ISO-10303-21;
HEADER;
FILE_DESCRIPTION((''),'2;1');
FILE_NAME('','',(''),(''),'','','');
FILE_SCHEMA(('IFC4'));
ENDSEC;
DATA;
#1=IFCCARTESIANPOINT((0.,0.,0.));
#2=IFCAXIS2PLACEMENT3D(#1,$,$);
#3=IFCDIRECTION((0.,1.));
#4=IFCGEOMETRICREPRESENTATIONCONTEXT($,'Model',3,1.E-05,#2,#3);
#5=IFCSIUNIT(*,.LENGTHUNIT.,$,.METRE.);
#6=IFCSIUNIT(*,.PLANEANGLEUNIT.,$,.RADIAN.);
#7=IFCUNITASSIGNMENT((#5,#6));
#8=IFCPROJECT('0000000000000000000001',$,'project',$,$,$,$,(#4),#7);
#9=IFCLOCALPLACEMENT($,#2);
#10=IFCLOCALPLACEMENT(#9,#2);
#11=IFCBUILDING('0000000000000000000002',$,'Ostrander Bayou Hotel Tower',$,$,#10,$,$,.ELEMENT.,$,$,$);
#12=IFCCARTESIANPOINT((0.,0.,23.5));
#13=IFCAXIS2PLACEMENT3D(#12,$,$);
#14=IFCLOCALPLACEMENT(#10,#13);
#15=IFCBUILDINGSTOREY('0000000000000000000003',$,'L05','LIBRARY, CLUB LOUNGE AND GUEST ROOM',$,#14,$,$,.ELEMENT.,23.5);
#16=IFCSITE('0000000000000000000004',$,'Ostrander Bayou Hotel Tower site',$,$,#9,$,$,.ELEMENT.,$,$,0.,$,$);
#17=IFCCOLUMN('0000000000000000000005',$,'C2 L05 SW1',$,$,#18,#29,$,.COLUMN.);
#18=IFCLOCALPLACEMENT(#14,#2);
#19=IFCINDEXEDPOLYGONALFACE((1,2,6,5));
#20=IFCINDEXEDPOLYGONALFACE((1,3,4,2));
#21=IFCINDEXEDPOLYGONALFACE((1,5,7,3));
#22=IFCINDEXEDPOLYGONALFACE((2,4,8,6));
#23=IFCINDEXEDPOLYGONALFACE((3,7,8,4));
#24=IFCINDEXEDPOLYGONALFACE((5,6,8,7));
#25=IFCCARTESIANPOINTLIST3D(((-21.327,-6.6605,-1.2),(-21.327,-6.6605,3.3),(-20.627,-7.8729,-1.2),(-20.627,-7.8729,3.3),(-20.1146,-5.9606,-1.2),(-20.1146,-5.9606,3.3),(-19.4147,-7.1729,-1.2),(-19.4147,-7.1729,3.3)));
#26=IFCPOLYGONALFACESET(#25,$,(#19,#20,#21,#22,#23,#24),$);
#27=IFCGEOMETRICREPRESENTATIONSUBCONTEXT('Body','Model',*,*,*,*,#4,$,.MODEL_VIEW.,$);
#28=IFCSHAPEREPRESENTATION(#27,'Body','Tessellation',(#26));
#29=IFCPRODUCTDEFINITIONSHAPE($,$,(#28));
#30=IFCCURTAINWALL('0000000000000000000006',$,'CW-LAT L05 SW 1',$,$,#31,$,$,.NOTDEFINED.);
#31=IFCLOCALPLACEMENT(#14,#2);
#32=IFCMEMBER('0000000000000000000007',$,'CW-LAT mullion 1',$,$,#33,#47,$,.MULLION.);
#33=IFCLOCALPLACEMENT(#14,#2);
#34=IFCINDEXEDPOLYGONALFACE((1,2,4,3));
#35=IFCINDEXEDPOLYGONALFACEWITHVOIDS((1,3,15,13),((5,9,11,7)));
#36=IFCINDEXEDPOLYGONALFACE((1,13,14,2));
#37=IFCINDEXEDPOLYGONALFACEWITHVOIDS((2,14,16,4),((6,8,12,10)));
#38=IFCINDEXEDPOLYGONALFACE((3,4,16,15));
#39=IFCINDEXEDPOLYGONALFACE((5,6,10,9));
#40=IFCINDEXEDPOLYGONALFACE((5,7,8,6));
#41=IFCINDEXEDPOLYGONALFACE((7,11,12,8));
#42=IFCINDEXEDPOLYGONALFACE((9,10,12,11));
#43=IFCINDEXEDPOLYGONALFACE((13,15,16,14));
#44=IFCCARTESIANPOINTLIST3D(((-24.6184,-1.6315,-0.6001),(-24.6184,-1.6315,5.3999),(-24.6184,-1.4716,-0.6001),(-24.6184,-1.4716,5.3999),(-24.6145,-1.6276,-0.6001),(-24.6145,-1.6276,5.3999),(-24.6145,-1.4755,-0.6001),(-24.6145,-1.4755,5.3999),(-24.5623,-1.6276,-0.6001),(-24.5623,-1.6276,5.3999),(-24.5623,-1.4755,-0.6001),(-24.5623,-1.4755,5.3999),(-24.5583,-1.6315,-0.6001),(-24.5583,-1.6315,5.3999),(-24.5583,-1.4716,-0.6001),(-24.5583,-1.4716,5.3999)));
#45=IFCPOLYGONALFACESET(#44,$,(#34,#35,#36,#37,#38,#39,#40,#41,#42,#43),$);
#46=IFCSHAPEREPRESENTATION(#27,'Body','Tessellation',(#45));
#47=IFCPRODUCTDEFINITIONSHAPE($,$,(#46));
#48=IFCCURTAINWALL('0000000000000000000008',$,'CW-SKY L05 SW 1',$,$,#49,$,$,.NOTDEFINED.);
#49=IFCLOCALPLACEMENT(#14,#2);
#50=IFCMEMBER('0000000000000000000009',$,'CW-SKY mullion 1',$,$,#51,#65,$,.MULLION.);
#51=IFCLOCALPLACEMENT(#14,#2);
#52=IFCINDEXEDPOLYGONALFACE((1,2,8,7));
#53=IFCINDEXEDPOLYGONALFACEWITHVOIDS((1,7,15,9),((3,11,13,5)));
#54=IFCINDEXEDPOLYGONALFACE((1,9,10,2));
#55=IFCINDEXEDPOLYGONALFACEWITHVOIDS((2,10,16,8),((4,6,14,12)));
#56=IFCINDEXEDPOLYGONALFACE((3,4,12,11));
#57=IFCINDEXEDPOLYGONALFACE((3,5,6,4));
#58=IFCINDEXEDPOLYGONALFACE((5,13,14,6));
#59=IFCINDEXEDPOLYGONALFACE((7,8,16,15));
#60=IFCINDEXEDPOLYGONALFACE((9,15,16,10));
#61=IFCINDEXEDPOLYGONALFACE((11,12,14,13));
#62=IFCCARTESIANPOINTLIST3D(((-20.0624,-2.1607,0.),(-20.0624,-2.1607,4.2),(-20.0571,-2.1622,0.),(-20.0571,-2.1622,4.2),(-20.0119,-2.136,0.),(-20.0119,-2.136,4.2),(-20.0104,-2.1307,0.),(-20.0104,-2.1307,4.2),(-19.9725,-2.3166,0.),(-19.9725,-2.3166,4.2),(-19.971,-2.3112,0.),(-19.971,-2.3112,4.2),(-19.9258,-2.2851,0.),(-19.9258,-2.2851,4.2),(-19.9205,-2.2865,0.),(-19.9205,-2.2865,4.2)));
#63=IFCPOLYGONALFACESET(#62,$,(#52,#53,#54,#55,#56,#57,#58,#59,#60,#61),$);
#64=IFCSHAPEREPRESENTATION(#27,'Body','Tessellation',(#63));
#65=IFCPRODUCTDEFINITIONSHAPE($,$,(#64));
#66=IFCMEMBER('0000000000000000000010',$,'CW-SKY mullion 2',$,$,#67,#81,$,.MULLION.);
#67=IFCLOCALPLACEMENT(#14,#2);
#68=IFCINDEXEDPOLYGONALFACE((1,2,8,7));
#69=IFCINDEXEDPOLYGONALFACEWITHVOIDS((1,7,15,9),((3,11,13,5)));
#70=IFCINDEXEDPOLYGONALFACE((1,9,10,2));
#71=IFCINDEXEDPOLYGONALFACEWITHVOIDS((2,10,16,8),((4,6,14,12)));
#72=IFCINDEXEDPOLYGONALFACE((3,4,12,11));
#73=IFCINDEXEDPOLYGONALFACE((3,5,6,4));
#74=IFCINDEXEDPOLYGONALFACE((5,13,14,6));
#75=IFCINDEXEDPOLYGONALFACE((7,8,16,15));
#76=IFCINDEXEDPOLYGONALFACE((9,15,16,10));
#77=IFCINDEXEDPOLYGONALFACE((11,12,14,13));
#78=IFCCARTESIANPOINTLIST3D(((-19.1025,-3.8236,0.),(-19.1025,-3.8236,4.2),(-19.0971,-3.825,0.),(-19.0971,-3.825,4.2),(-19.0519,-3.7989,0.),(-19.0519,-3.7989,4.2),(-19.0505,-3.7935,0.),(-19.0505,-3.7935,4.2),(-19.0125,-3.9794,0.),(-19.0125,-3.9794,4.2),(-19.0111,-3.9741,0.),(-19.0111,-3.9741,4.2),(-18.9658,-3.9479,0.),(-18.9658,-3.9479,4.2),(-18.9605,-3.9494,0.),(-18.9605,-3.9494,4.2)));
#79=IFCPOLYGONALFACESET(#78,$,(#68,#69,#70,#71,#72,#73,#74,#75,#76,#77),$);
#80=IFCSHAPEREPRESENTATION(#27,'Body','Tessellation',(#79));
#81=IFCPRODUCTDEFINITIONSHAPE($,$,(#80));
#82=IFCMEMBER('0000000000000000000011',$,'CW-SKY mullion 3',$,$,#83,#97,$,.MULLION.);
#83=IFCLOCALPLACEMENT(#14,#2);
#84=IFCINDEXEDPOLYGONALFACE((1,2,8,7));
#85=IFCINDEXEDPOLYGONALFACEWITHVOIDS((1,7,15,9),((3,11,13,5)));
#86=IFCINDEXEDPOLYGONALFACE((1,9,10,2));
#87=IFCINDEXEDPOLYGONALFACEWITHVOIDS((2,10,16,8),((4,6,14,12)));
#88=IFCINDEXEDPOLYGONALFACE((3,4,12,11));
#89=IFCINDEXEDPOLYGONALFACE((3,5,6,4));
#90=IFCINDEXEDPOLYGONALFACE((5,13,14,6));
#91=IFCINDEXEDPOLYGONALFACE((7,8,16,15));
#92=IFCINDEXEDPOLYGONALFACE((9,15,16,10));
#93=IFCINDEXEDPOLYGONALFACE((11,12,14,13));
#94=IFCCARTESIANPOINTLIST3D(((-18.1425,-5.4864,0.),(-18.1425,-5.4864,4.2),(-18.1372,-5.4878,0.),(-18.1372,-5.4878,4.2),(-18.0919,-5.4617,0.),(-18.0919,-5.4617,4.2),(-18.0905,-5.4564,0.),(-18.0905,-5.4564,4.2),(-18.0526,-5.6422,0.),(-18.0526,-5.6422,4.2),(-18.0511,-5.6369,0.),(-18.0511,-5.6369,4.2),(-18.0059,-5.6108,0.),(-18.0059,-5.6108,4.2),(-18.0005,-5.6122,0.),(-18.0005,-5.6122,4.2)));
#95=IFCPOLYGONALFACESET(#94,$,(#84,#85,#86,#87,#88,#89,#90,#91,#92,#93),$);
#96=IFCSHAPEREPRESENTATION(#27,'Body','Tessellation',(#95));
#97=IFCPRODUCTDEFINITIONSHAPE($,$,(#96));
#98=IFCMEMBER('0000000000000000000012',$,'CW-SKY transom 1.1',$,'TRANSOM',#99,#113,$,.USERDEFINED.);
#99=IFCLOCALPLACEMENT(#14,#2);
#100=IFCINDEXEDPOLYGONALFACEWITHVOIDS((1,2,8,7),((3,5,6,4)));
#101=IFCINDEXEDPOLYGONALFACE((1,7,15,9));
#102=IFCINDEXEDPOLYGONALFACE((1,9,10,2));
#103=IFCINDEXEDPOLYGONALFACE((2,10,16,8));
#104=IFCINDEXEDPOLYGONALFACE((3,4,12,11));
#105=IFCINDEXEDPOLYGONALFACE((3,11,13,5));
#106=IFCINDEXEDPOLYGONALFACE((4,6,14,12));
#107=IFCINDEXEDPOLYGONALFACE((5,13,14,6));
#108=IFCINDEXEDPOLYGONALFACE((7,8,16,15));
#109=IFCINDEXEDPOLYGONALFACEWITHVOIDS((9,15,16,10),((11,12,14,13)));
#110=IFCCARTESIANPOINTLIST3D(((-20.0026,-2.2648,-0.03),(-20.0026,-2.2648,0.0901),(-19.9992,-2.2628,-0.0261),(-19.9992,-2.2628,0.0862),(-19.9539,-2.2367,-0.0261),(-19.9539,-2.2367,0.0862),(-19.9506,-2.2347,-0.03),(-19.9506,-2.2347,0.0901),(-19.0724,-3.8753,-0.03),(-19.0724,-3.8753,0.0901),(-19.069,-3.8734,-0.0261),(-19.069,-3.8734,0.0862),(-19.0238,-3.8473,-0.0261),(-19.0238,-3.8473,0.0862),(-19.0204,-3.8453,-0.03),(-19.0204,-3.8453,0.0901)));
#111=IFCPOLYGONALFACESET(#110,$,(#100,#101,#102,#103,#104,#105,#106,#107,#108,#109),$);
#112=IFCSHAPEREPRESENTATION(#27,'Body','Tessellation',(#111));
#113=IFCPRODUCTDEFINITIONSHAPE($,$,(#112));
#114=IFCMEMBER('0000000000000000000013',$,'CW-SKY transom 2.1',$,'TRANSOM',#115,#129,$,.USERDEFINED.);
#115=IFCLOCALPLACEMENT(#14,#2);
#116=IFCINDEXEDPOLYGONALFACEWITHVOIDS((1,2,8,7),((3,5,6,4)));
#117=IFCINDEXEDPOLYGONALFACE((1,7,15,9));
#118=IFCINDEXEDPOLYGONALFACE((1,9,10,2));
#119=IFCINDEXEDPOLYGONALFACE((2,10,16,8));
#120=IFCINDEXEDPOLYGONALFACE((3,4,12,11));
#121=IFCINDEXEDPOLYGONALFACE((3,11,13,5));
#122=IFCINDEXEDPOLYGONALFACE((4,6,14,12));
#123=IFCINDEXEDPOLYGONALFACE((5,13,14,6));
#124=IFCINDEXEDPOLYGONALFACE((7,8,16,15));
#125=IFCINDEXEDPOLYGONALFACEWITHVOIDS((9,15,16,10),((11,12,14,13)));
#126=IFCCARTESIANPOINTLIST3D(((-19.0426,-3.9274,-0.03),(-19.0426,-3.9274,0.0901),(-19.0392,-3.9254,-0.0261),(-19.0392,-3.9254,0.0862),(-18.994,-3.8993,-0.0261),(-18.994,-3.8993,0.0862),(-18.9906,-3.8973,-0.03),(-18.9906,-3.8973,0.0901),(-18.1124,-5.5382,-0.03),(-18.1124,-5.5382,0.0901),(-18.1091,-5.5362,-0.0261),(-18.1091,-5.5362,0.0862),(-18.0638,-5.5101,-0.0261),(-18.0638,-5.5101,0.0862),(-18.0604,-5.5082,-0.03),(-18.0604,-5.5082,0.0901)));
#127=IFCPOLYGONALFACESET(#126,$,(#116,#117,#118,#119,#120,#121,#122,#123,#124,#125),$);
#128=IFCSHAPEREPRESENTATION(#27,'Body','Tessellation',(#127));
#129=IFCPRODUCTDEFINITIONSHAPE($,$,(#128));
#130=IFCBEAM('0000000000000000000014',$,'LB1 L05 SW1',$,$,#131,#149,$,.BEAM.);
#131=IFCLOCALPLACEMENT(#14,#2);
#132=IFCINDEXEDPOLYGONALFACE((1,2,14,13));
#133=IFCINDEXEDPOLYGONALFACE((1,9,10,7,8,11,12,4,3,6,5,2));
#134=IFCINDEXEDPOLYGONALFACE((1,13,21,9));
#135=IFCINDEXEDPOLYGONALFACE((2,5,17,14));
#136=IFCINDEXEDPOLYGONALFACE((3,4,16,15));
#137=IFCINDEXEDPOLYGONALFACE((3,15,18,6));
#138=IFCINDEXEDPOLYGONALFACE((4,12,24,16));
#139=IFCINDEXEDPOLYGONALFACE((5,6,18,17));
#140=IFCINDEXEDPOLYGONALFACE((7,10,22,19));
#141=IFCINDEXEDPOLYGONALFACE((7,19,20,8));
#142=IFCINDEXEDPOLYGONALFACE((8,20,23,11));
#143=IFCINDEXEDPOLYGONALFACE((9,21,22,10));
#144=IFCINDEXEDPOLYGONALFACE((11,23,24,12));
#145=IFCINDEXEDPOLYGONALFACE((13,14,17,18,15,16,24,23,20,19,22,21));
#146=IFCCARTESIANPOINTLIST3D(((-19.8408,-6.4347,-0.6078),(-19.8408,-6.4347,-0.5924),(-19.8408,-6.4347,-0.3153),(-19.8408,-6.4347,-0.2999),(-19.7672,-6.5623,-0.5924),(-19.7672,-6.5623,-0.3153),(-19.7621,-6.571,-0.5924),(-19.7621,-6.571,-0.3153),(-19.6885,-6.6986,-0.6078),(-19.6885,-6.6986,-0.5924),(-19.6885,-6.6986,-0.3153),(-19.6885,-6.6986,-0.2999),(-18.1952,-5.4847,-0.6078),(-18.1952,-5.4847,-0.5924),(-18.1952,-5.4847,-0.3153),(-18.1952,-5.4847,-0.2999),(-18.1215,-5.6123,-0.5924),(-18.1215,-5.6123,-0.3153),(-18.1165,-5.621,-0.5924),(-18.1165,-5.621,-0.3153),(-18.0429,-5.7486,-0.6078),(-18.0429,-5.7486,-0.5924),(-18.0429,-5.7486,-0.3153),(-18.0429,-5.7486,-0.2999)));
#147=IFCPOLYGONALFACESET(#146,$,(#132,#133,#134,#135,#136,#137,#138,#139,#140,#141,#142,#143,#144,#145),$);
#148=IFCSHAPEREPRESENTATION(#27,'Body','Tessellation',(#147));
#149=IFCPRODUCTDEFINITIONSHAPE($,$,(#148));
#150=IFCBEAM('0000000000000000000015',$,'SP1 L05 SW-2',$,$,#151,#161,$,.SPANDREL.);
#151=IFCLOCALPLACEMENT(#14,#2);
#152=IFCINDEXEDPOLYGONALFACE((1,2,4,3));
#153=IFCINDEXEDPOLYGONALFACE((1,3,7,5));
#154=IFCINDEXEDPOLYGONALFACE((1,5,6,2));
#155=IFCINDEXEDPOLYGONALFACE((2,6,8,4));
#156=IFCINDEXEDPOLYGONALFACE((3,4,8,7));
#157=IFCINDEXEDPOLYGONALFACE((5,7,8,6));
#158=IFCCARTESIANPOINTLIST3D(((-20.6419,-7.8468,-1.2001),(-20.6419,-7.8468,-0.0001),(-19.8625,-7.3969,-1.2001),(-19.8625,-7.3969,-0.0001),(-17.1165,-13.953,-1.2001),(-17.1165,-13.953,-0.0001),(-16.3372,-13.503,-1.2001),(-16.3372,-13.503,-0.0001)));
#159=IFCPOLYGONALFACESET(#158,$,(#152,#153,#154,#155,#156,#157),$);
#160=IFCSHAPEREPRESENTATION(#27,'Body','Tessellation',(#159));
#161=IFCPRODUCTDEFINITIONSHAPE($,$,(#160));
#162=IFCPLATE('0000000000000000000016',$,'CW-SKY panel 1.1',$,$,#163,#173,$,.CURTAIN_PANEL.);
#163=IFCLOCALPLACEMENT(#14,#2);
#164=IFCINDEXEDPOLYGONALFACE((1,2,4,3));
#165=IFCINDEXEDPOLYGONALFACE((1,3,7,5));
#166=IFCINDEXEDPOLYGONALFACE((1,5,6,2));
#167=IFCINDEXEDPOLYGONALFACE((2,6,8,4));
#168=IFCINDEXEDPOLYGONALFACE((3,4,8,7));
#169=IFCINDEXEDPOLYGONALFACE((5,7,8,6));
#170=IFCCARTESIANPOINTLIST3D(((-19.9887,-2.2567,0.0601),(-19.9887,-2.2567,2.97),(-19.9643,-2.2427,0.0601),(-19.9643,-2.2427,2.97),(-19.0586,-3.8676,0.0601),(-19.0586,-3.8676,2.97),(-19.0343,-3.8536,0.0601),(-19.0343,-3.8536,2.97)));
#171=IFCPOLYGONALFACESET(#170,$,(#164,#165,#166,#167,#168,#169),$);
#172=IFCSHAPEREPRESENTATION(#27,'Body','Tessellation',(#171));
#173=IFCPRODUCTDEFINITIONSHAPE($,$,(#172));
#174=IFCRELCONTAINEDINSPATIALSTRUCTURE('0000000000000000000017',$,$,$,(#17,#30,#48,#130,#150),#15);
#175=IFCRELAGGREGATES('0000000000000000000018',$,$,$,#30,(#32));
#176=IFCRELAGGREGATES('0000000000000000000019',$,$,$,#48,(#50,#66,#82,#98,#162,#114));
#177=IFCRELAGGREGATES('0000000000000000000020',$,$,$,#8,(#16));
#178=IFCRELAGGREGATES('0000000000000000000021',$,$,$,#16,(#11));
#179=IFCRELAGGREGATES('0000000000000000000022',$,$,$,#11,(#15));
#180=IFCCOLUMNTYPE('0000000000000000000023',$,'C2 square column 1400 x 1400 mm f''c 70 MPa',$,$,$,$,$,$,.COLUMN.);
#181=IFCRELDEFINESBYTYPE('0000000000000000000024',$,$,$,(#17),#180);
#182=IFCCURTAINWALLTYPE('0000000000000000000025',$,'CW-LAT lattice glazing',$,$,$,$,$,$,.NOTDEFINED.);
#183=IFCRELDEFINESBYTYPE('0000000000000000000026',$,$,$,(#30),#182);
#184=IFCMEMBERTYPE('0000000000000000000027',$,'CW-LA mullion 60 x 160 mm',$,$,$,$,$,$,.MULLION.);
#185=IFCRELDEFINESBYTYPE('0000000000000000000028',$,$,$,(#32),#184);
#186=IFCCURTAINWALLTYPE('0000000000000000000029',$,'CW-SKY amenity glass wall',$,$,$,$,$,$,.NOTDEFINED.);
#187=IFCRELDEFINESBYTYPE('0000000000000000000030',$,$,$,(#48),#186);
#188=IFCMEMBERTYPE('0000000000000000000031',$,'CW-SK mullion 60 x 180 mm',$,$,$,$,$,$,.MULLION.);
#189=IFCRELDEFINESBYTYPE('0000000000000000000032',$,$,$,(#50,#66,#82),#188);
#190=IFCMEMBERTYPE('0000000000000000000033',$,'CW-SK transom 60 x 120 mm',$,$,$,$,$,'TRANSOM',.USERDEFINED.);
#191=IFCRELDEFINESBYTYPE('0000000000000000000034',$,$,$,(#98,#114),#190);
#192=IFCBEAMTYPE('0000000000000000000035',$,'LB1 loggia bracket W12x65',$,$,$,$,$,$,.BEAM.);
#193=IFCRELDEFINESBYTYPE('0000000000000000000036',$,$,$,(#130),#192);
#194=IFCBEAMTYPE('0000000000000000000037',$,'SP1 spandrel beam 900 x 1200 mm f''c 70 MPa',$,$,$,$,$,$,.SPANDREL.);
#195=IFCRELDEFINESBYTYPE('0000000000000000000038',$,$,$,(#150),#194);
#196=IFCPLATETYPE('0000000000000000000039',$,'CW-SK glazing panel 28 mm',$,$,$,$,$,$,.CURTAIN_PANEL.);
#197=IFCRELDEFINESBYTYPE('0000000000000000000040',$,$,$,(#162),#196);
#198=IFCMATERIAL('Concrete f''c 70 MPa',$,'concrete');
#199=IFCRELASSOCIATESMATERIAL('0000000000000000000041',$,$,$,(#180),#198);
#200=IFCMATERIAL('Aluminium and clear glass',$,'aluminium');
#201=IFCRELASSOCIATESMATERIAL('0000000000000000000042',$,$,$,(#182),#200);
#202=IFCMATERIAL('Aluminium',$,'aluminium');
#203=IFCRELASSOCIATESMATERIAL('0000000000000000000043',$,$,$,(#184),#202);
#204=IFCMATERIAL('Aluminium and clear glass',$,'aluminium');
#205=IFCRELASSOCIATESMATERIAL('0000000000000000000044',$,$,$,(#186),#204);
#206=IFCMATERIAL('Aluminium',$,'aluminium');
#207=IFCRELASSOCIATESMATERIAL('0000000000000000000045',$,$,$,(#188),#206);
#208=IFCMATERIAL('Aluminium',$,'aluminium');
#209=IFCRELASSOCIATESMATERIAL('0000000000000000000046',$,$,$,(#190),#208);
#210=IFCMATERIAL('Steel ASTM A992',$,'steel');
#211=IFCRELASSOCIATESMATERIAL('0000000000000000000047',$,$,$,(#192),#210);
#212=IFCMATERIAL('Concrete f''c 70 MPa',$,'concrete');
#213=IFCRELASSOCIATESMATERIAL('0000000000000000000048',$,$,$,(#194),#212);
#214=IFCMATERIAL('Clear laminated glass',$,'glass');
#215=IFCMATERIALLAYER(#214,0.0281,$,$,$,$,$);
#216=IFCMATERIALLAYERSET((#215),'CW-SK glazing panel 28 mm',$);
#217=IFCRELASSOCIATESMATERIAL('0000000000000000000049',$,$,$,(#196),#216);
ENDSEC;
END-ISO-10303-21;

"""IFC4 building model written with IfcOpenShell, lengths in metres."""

from ifc_helpers import new_model, si_unit, direction, frame, origin, origin_2d, place, context, subcontext, project, spatial, rectangle, hollow_rectangle, i_section, extrude, material, layer, layer_set, material_profile, profile_set, type_object, element, aggregate, save


model = new_model("IFC4")

# Units and contexts
model_context = context("Model", 3, precision=1e-05, world=origin(), true_north=direction((0.0, 1.0)))
body_context = subcontext(model_context, "Body", "Model", "MODEL_VIEW")
ifc_project = project(units=[si_unit("LENGTHUNIT", "METRE"), si_unit("PLANEANGLEUNIT", "RADIAN")], contexts=[model_context])

# Site, building, storey
site_placement = place(None, origin())
site = spatial("IfcSite", under=ifc_project, at=site_placement, Name="Ostrander Bayou Hotel Tower site", CompositionType="ELEMENT", RefElevation=0.0)
building_placement = place(site_placement, origin())
building = spatial("IfcBuilding", under=site, at=building_placement, Name="Ostrander Bayou Hotel Tower", CompositionType="ELEMENT")
storey_placement = place(building_placement, frame((0.0, 0.0, 23.5)))
storey = spatial("IfcBuildingStorey", under=building, at=storey_placement, Name="L05", Description="LIBRARY, CLUB LOUNGE AND GUEST ROOM", CompositionType="ELEMENT", Elevation=23.5)

# Column
ifc_material_1 = material(Name="Concrete f'c 70 MPa", Category="concrete")
ifc_material_profile_1 = material_profile(ifc_material_1, rectangle(XDim=1.3999, YDim=1.3999, at=origin_2d()))
ifc_profile_set_1 = profile_set([ifc_material_profile_1], Name="Concrete f'c 70 MPa")
column_type = type_object("IfcColumnType", Name="C2 square column 1400 x 1400 mm f'c 70 MPa", PredefinedType="COLUMN", material=ifc_profile_set_1)
column_placement = place(storey_placement, frame((-20.3708, -6.9167, -1.2), z_axis=(0.0, 0.0, 1.0), x_axis=(-0.5, 0.866025, 0.0)))
element("IfcColumn", 1, at=column_placement, inside=storey, type_object=column_type, Name="C2 L05 SW1", PredefinedType="COLUMN", context=body_context, shape_type="SweptSolid", body=[
    extrude(rectangle(XDim=1.3999, YDim=1.3999, at=origin_2d()), origin(), (0.0, 0.0, 1.0), 4.5),
])

# Curtain wall, member
ifc_material_2 = material(Name="Aluminium and clear glass", Category="aluminium")
curtain_wall_type_1 = type_object("IfcCurtainWallType", Name="CW-LAT lattice glazing", PredefinedType="NOTDEFINED", material=ifc_material_2)
curtain_wall_1_placement = place(storey_placement, origin())
curtain_wall_1 = element("IfcCurtainWall", 2, at=curtain_wall_1_placement, inside=storey, type_object=curtain_wall_type_1, Name="CW-LAT L05 SW 1", PredefinedType="NOTDEFINED")
ifc_material_3 = material(Name="Aluminium", Category="aluminium")
ifc_material_profile_2 = material_profile(ifc_material_3, hollow_rectangle(XDim=0.0601, YDim=0.1599, WallThickness=0.0039, at=origin_2d()))
ifc_profile_set_2 = profile_set([ifc_material_profile_2], Name="Aluminium")
member_type_1 = type_object("IfcMemberType", Name="CW-LA mullion 60 x 160 mm", PredefinedType="MULLION", material=ifc_profile_set_2)
member_1_placement = place(storey_placement, frame((-24.5884, -1.5515, -0.6001), z_axis=(0.0, 0.0, 1.0), x_axis=(1.0, 0.0, 0.0)))
member_1 = element("IfcMember", 3, at=member_1_placement, type_object=member_type_1, Name="CW-LAT mullion 1", PredefinedType="MULLION", context=body_context, shape_type="SweptSolid", body=[
    extrude(hollow_rectangle(XDim=0.0601, YDim=0.1599, WallThickness=0.0039, at=origin_2d()), origin(), (0.0, 0.0, 1.0), 6.0),
])
aggregate(curtain_wall_1, [member_1])

# Curtain wall, members
ifc_material_4 = material(Name="Aluminium and clear glass", Category="aluminium")
curtain_wall_type_2 = type_object("IfcCurtainWallType", Name="CW-SKY amenity glass wall", PredefinedType="NOTDEFINED", material=ifc_material_4)
curtain_wall_2_placement = place(storey_placement, origin())
curtain_wall_2 = element("IfcCurtainWall", 4, at=curtain_wall_2_placement, inside=storey, type_object=curtain_wall_type_2, Name="CW-SKY L05 SW 1", PredefinedType="NOTDEFINED")
ifc_material_5 = material(Name="Aluminium", Category="aluminium")
ifc_material_profile_3 = material_profile(ifc_material_5, hollow_rectangle(XDim=0.0601, YDim=0.1799, WallThickness=0.0039, at=origin_2d()))
ifc_profile_set_3 = profile_set([ifc_material_profile_3], Name="Aluminium")
member_type_2 = type_object("IfcMemberType", Name="CW-SK mullion 60 x 180 mm", PredefinedType="MULLION", material=ifc_profile_set_3)
member_2_placement = place(storey_placement, frame((-19.9915, -2.2236, 0.0), z_axis=(0.0, 0.0, 1.0), x_axis=(0.866025, 0.5, 0.0)))
member_2 = element("IfcMember", 5, at=member_2_placement, type_object=member_type_2, Name="CW-SKY mullion 1", PredefinedType="MULLION", context=body_context, shape_type="SweptSolid", body=[
    extrude(hollow_rectangle(XDim=0.0601, YDim=0.1799, WallThickness=0.0039, at=origin_2d()), origin(), (0.0, 0.0, 1.0), 4.2),
])
member_3_placement = place(storey_placement, frame((-19.0315, -3.8865, 0.0), z_axis=(0.0, 0.0, 1.0), x_axis=(0.866025, 0.5, 0.0)))
member_3 = element("IfcMember", 6, at=member_3_placement, type_object=member_type_2, Name="CW-SKY mullion 2", PredefinedType="MULLION", context=body_context, shape_type="SweptSolid", body=[
    extrude(hollow_rectangle(XDim=0.0601, YDim=0.1799, WallThickness=0.0039, at=origin_2d()), origin(), (0.0, 0.0, 1.0), 4.2),
])
member_4_placement = place(storey_placement, frame((-18.0715, -5.5493, 0.0), z_axis=(0.0, 0.0, 1.0), x_axis=(0.866025, 0.5, 0.0)))
member_4 = element("IfcMember", 7, at=member_4_placement, type_object=member_type_2, Name="CW-SKY mullion 3", PredefinedType="MULLION", context=body_context, shape_type="SweptSolid", body=[
    extrude(hollow_rectangle(XDim=0.0601, YDim=0.1799, WallThickness=0.0039, at=origin_2d()), origin(), (0.0, 0.0, 1.0), 4.2),
])
ifc_material_6 = material(Name="Aluminium", Category="aluminium")
ifc_material_profile_4 = material_profile(ifc_material_6, hollow_rectangle(XDim=0.0601, YDim=0.1201, WallThickness=0.0039, at=origin_2d()))
ifc_profile_set_4 = profile_set([ifc_material_profile_4], Name="Aluminium")
member_type_3 = type_object("IfcMemberType", Name="CW-SK transom 60 x 120 mm", ElementType="TRANSOM", PredefinedType="USERDEFINED", material=ifc_profile_set_4)
member_5_placement = place(storey_placement, frame((-19.9766, -2.2498, 0.03), z_axis=(0.50012, -0.865956, 0.0), x_axis=(0.865956, 0.50012, 0.0)))
member_5 = element("IfcMember", 8, at=member_5_placement, type_object=member_type_3, Name="CW-SKY transom 1.1", ObjectType="TRANSOM", PredefinedType="USERDEFINED", context=body_context, shape_type="SweptSolid", body=[
    extrude(hollow_rectangle(XDim=0.0601, YDim=0.1201, WallThickness=0.0039, at=origin_2d()), origin(), (0.0, 0.0, 1.0), 1.8599),
])
member_6_placement = place(storey_placement, frame((-19.0166, -3.9124, 0.03), z_axis=(0.500063, -0.865989, 0.0), x_axis=(0.865989, 0.500063, 0.0)))
member_6 = element("IfcMember", 9, at=member_6_placement, type_object=member_type_3, Name="CW-SKY transom 2.1", ObjectType="TRANSOM", PredefinedType="USERDEFINED", context=body_context, shape_type="SweptSolid", body=[
    extrude(hollow_rectangle(XDim=0.0601, YDim=0.1201, WallThickness=0.0039, at=origin_2d()), origin(), (0.0, 0.0, 1.0), 1.8601),
])

# Beams
ifc_material_7 = material(Name="Steel ASTM A992", Category="steel")
ifc_material_profile_5 = material_profile(ifc_material_7, i_section(OverallWidth=0.3047, OverallDepth=0.3079, WebThickness=0.01, FlangeThickness=0.0154, at=origin_2d()))
ifc_profile_set_5 = profile_set([ifc_material_profile_5], Name="Steel ASTM A992")
beam_type_1 = type_object("IfcBeamType", Name="LB1 loggia bracket W12x65", PredefinedType="BEAM", material=ifc_profile_set_5)
beam_1_placement = place(storey_placement, frame((-19.7646, -6.5667, -0.4539), z_axis=(0.866044, 0.499967, 0.0), x_axis=(-0.499967, 0.866044, 0.0)))
element("IfcBeam", 10, at=beam_1_placement, inside=storey, type_object=beam_type_1, Name="LB1 L05 SW1", PredefinedType="BEAM", context=body_context, shape_type="SweptSolid", body=[
    extrude(i_section(OverallWidth=0.3047, OverallDepth=0.3079, WebThickness=0.01, FlangeThickness=0.0154, at=origin_2d()), origin(), (0.0, 0.0, 1.0), 1.9001),
])
ifc_material_8 = material(Name="Concrete f'c 70 MPa", Category="concrete")
ifc_material_profile_6 = material_profile(ifc_material_8, rectangle(XDim=0.8999, YDim=1.2, at=origin_2d()))
ifc_profile_set_6 = profile_set([ifc_material_profile_6], Name="Concrete f'c 70 MPa")
beam_type_2 = type_object("IfcBeamType", Name="SP1 spandrel beam 900 x 1200 mm f'c 70 MPa", PredefinedType="SPANDREL", material=ifc_profile_set_6)
beam_2_placement = place(storey_placement, frame((-20.2522, -7.6218, -0.6001), z_axis=(0.499997, -0.866027, 0.0), x_axis=(0.866027, 0.499997, 0.0)))
element("IfcBeam", 11, at=beam_2_placement, inside=storey, type_object=beam_type_2, Name="SP1 L05 SW-2", PredefinedType="SPANDREL", context=body_context, shape_type="SweptSolid", body=[
    extrude(rectangle(XDim=0.8999, YDim=1.2, at=origin_2d()), origin(), (0.0, 0.0, 1.0), 7.0508),
])

# Plate
ifc_material_9 = material(Name="Clear laminated glass", Category="glass")
ifc_layer_1 = layer(ifc_material_9, 0.0281)
ifc_layer_set_1 = layer_set([ifc_layer_1], Name="CW-SK glazing panel 28 mm")
plate_type = type_object("IfcPlateType", Name="CW-SK glazing panel 28 mm", PredefinedType="CURTAIN_PANEL", material=ifc_layer_set_1)
plate_1_placement = place(storey_placement, frame((-19.5115, -3.0552, 0.0601), z_axis=(0.0, 0.0, 1.0), x_axis=(0.5, -0.866025, 0.0)))
plate_1 = element("IfcPlate", 12, at=plate_1_placement, type_object=plate_type, Name="CW-SKY panel 1.1", PredefinedType="CURTAIN_PANEL", context=body_context, shape_type="SweptSolid", body=[
    extrude(rectangle(XDim=1.8601, YDim=0.0281, at=origin_2d()), origin(), (0.0, 0.0, 1.0), 2.9099),
])
aggregate(curtain_wall_2, [member_2, member_3, member_4, member_5, plate_1, member_6])

save(model, "model.ifc")
